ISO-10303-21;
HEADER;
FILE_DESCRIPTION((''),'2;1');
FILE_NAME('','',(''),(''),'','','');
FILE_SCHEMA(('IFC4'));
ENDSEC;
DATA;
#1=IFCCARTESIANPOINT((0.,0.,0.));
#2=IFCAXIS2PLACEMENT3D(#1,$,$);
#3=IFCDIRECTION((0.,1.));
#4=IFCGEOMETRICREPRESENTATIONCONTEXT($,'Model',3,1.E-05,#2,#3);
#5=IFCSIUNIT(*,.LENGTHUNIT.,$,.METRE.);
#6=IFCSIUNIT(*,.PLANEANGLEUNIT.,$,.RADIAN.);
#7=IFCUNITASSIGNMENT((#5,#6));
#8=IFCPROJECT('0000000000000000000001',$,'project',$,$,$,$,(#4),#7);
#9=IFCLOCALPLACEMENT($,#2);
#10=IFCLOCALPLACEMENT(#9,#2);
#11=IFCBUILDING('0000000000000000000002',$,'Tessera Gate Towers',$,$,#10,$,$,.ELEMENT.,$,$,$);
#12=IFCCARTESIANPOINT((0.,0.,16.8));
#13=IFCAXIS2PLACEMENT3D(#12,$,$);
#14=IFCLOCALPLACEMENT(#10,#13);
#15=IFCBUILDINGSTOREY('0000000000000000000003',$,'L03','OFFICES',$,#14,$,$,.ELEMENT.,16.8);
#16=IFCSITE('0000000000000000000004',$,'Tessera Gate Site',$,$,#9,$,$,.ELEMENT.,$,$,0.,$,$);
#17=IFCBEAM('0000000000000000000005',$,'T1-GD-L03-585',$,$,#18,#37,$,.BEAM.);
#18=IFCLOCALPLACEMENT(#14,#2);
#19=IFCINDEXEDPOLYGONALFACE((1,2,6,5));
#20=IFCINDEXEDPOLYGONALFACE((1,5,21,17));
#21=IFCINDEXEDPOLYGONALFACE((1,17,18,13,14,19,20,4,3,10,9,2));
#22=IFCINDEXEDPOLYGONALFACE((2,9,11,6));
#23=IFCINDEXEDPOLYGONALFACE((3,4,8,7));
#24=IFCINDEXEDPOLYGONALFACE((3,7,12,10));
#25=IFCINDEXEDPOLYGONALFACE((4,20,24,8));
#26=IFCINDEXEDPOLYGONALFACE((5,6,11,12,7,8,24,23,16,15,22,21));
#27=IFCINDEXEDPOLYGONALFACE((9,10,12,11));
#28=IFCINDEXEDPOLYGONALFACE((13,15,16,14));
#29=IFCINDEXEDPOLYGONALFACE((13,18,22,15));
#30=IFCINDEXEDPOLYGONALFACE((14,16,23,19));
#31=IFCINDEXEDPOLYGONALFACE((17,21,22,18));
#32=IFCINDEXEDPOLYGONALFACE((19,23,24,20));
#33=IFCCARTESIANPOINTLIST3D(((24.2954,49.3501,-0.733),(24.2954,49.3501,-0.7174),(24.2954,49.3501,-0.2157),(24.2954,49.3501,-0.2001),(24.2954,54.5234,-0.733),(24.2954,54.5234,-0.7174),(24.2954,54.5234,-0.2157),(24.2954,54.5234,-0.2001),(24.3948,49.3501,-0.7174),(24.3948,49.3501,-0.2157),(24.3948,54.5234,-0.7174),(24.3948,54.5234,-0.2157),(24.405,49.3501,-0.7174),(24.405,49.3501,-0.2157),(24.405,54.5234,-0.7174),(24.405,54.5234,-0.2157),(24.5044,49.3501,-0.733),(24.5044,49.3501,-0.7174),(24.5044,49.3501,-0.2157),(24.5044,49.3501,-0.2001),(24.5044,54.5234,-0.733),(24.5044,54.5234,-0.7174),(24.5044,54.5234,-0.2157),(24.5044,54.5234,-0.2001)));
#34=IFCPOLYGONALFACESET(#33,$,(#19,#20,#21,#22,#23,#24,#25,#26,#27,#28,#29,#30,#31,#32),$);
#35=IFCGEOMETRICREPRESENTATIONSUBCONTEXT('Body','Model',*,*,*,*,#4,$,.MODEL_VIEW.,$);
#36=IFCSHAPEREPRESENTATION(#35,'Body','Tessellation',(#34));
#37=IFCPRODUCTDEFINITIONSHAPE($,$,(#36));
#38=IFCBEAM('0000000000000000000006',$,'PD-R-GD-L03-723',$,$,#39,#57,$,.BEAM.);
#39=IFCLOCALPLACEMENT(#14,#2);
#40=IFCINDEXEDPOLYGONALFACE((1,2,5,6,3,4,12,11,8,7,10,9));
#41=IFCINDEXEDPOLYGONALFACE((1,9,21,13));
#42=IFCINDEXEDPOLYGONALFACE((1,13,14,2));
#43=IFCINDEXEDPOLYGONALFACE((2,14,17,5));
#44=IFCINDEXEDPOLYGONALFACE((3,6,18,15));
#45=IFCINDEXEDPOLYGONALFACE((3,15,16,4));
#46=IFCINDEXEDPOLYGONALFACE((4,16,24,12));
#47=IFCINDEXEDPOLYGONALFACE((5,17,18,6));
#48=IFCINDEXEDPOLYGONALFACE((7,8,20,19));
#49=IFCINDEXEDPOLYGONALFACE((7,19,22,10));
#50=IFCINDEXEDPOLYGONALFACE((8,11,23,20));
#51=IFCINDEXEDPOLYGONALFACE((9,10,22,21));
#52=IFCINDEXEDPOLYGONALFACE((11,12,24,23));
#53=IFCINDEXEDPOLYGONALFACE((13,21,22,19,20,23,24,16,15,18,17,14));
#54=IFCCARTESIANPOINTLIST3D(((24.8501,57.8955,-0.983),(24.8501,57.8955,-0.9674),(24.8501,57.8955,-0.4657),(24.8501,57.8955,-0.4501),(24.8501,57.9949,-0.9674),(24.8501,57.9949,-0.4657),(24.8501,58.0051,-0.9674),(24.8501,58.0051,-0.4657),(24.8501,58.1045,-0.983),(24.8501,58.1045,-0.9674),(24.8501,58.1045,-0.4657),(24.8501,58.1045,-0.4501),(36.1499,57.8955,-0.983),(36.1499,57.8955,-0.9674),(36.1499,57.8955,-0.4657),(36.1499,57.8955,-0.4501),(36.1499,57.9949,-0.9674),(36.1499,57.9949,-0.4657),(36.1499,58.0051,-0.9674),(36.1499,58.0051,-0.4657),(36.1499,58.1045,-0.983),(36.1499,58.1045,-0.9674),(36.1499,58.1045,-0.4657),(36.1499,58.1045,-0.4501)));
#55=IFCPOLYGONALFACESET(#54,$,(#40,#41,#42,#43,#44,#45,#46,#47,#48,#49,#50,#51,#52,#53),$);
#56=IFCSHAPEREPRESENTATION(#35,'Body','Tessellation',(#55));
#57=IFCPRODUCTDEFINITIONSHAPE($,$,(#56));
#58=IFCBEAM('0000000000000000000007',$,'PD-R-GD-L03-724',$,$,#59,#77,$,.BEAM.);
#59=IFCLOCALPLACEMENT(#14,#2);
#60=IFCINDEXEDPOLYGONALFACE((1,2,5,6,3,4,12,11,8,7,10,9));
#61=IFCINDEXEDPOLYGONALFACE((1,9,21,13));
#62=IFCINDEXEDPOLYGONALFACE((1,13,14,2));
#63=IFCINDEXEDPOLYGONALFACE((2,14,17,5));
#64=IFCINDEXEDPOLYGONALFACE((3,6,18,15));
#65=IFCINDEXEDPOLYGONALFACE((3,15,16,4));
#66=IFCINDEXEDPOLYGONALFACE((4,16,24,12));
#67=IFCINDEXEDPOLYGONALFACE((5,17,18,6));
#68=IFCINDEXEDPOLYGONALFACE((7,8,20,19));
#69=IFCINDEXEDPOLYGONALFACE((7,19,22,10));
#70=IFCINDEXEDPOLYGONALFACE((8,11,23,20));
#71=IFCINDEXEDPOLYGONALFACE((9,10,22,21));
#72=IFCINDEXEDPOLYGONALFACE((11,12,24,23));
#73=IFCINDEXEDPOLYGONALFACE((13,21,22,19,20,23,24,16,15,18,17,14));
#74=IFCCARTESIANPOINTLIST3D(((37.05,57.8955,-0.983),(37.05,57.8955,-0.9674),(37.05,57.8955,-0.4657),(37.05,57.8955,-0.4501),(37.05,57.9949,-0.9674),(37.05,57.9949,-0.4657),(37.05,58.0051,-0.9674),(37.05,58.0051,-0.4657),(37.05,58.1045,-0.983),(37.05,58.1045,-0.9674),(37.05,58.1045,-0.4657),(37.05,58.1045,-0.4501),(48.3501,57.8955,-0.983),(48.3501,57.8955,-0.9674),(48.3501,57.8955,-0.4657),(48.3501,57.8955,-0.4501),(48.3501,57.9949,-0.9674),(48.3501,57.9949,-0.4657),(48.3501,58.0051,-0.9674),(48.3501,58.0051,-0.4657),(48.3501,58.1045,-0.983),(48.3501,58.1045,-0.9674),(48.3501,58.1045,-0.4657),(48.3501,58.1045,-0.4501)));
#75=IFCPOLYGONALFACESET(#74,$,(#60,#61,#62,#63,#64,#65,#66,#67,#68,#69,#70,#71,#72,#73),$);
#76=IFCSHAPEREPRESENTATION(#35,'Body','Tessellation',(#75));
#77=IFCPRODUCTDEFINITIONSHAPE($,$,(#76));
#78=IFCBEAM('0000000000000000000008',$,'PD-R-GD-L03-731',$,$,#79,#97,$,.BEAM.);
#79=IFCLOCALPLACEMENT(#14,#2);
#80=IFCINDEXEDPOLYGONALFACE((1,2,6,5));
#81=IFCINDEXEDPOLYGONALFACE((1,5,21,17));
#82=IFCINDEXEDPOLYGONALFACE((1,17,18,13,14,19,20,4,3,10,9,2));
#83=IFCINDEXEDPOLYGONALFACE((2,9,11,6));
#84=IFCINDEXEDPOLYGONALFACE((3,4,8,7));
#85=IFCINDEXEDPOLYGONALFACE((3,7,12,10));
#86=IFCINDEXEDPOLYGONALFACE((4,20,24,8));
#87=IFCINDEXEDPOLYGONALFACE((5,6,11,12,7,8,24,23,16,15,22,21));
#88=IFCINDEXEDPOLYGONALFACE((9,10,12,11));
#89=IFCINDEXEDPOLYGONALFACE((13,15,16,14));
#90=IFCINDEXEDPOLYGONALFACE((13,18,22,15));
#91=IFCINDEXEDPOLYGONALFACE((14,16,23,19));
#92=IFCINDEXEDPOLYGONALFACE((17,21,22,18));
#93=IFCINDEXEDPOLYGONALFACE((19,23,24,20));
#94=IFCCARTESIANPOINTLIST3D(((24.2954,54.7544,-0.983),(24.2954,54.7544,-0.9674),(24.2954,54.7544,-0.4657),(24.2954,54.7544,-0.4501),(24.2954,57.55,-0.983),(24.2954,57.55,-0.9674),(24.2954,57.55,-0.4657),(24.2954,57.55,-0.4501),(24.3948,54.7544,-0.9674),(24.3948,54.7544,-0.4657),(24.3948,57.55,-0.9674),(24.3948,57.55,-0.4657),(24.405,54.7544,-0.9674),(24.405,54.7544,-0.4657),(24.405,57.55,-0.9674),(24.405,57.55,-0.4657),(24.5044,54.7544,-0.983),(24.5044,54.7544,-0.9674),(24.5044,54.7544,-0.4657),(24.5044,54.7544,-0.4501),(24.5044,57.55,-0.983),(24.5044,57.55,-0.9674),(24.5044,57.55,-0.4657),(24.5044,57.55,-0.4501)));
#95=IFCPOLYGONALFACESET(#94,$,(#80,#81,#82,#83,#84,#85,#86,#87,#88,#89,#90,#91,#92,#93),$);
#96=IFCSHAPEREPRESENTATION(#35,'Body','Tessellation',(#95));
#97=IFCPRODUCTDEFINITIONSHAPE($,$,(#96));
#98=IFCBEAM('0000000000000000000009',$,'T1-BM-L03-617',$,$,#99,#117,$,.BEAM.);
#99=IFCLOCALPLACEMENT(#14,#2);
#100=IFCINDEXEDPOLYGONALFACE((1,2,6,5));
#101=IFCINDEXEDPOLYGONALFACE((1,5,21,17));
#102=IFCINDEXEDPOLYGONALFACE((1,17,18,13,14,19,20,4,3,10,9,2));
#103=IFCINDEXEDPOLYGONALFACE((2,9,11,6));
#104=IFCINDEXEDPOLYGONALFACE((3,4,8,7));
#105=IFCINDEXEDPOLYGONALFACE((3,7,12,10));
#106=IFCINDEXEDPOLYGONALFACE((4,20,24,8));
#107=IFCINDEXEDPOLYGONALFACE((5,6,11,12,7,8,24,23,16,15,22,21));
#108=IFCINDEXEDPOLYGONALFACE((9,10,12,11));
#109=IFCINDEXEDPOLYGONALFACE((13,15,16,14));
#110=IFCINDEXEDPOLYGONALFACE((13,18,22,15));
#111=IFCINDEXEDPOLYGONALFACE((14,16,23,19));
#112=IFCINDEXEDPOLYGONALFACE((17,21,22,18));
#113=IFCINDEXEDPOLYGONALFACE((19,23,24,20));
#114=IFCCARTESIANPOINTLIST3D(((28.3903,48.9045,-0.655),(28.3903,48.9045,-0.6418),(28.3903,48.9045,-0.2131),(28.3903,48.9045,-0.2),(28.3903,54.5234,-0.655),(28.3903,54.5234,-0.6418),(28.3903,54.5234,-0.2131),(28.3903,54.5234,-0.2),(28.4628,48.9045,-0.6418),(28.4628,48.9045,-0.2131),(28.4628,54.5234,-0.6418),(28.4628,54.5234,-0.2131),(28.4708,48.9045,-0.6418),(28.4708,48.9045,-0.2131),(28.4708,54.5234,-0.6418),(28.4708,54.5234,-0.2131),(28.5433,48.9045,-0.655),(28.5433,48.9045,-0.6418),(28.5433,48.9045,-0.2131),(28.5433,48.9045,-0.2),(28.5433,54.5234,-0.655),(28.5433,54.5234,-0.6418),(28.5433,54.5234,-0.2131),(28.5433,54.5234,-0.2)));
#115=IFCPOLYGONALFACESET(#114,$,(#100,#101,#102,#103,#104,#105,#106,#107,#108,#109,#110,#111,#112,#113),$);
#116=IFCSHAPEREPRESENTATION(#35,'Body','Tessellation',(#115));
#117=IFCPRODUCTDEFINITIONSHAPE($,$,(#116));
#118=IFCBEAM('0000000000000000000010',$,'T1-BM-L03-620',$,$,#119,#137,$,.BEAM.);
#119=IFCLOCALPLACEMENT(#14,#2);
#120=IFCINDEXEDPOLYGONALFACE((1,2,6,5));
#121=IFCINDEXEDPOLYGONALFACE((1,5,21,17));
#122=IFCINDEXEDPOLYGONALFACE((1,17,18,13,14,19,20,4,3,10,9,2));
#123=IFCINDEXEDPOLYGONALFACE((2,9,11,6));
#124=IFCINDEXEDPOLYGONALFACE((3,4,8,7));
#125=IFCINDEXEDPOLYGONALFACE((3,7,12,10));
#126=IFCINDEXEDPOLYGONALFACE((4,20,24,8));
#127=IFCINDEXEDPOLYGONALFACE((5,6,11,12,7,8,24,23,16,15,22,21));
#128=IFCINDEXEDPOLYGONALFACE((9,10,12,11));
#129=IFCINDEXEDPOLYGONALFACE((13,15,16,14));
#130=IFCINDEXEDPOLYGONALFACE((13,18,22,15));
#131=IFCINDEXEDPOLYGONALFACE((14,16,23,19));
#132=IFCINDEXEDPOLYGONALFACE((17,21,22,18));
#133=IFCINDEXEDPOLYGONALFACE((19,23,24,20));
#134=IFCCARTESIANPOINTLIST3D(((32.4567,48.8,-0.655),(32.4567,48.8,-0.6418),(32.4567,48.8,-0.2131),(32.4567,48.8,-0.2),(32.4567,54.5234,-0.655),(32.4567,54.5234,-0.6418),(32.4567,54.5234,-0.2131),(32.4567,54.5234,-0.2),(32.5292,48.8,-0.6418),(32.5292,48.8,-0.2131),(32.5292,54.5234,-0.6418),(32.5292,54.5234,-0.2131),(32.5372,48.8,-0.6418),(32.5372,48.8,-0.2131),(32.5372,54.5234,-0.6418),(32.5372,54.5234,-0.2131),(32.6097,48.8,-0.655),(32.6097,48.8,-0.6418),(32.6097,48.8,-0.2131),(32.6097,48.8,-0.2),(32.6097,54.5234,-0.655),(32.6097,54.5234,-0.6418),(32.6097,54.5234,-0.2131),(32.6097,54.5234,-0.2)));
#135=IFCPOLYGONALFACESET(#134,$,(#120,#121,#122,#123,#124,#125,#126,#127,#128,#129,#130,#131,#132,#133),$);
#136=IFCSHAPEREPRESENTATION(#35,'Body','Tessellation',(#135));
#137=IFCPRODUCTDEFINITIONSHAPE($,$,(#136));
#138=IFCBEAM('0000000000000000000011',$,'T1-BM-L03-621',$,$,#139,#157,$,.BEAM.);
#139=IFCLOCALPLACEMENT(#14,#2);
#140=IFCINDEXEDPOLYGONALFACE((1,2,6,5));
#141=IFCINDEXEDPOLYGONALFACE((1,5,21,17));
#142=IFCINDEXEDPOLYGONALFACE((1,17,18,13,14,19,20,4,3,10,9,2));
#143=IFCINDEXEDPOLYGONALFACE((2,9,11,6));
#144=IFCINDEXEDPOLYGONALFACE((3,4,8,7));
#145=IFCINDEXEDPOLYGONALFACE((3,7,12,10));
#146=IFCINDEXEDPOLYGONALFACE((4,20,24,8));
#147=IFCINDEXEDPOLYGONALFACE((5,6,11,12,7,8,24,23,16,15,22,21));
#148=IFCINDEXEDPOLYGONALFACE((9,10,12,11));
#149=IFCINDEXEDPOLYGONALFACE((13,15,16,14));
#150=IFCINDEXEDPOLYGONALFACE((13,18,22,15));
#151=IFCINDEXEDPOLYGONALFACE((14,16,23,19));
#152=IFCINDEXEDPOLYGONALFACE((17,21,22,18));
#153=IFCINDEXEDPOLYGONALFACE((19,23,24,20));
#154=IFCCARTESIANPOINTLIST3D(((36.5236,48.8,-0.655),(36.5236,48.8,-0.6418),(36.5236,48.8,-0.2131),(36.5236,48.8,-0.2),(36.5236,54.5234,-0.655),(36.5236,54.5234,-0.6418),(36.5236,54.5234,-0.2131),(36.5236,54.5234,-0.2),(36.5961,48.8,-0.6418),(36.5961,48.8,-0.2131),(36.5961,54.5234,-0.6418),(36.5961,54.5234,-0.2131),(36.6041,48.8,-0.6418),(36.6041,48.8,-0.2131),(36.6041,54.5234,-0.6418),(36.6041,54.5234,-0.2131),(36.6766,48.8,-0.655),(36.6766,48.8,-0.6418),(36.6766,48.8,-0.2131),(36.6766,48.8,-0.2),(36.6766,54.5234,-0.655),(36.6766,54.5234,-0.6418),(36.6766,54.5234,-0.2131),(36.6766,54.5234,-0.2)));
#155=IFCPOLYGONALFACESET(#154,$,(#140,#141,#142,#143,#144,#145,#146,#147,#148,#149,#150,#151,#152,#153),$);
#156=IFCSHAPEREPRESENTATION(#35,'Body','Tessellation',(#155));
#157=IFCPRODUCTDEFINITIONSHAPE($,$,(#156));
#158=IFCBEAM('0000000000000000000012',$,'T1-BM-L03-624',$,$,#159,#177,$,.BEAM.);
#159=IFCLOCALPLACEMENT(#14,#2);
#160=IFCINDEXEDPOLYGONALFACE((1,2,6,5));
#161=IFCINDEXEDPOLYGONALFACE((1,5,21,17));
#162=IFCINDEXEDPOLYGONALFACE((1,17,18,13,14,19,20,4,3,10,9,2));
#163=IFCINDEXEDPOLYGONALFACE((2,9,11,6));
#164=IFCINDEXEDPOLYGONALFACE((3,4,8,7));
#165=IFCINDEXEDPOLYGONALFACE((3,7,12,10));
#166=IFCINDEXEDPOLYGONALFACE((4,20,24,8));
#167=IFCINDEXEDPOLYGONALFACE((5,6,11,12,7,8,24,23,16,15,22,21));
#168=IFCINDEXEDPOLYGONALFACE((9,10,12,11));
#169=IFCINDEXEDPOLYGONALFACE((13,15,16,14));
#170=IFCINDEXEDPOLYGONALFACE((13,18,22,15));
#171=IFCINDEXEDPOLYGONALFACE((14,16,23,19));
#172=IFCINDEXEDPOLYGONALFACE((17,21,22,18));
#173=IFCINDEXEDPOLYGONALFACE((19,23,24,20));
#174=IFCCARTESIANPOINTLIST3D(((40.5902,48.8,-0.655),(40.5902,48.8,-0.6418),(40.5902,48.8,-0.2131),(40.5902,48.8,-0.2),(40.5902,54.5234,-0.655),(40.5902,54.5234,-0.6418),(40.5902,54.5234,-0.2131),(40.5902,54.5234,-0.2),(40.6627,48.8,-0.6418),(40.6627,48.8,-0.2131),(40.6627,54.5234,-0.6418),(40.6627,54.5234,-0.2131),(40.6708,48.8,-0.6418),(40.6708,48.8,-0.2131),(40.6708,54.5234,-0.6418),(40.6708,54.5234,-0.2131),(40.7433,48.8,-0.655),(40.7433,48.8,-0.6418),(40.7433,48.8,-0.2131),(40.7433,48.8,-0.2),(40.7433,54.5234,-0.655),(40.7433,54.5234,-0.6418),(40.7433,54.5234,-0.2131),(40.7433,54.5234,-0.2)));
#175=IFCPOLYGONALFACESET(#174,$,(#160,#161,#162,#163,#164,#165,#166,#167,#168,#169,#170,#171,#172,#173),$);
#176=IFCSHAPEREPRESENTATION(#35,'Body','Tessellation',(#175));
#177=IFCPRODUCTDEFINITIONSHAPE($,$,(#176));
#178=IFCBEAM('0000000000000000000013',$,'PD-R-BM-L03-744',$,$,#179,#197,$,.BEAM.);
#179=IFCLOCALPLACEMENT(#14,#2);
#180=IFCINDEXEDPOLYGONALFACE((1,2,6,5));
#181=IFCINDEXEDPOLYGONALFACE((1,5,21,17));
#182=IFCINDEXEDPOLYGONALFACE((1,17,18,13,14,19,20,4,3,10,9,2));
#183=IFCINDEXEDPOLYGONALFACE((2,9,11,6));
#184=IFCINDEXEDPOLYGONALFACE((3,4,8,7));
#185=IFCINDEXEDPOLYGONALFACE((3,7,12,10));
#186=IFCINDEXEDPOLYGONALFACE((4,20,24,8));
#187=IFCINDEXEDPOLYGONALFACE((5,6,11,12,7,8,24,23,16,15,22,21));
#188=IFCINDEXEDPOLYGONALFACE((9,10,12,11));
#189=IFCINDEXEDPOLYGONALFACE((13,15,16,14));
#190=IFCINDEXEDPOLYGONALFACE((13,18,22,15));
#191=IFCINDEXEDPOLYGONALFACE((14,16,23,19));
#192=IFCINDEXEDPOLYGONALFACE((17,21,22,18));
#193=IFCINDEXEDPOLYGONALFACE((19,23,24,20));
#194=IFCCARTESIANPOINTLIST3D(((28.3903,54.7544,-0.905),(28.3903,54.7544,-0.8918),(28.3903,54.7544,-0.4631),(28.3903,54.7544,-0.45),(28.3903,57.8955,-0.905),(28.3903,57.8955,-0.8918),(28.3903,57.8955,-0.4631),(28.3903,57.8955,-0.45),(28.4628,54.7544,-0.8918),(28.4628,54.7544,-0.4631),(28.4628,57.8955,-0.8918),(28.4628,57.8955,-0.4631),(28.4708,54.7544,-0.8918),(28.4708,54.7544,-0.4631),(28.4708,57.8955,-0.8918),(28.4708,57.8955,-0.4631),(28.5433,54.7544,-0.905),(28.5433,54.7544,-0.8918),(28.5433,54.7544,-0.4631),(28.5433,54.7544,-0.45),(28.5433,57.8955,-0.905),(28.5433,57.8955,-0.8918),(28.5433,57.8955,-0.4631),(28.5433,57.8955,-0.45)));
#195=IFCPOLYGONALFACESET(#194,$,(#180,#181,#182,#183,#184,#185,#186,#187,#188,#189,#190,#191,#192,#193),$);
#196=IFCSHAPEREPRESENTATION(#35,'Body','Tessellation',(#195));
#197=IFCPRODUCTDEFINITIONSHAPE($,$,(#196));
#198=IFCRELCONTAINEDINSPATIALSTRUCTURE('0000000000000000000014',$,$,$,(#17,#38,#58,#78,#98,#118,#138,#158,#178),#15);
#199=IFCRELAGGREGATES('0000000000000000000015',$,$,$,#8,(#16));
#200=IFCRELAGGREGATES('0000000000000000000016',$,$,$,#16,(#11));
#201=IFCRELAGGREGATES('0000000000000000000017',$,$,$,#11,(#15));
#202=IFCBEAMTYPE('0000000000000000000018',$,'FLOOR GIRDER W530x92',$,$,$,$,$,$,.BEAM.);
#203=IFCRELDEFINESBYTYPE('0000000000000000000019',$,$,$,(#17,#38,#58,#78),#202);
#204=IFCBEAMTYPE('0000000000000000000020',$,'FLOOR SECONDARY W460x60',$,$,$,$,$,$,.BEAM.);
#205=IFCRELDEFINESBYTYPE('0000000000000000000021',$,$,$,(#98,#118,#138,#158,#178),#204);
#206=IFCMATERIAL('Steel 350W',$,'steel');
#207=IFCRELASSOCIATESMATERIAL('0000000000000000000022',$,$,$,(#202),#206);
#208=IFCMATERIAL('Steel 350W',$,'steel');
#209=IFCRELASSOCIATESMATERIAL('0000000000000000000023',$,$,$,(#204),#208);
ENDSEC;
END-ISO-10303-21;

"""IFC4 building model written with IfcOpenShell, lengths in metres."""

from ifc_helpers import new_model, si_unit, direction, frame, origin, origin_2d, place, context, subcontext, project, spatial, i_section, extrude, material, material_profile, profile_set, type_object, element, save


model = new_model("IFC4")

# Units and contexts
model_context = context("Model", 3, precision=1e-05, world=origin(), true_north=direction((0.0, 1.0)))
body_context = subcontext(model_context, "Body", "Model", "MODEL_VIEW")
ifc_project = project(units=[si_unit("LENGTHUNIT", "METRE"), si_unit("PLANEANGLEUNIT", "RADIAN")], contexts=[model_context])

# Site, building, storey
site_placement = place(None, origin())
site = spatial("IfcSite", under=ifc_project, at=site_placement, Name="Tessera Gate Site", CompositionType="ELEMENT", RefElevation=0.0)
building_placement = place(site_placement, origin())
building = spatial("IfcBuilding", under=site, at=building_placement, Name="Tessera Gate Towers", CompositionType="ELEMENT")
storey_placement = place(building_placement, frame((0.0, 0.0, 16.8)))
storey = spatial("IfcBuildingStorey", under=building, at=storey_placement, Name="L03", Description="OFFICES", CompositionType="ELEMENT", Elevation=16.8)

# Beams
ifc_material_1 = material(Name="Steel 350W", Category="steel")
ifc_material_profile_1 = material_profile(ifc_material_1, i_section(OverallWidth=0.209, OverallDepth=0.533, WebThickness=0.0103, FlangeThickness=0.0156, at=origin_2d()), Name="W530x92")
ifc_profile_set_1 = profile_set([ifc_material_profile_1], Name="Steel 350W")
beam_type_1 = type_object("IfcBeamType", Name="FLOOR GIRDER W530x92", PredefinedType="BEAM", material=ifc_profile_set_1)
beam_1_placement = place(storey_placement, frame((24.3999, 49.3501, -0.4666), z_axis=(0.0, 1.0, 0.0), x_axis=(-1.0, 0.0, 0.0)))
element("IfcBeam", 1, at=beam_1_placement, inside=storey, type_object=beam_type_1, Name="T1-GD-L03-585", PredefinedType="BEAM", context=body_context, shape_type="SweptSolid", body=[
    extrude(i_section(OverallWidth=0.209, OverallDepth=0.533, WebThickness=0.0103, FlangeThickness=0.0156, at=origin_2d()), origin(), (0.0, 0.0, 1.0), 5.1733),
])
beam_2_placement = place(storey_placement, frame((24.8501, 58.0, -0.7166), z_axis=(1.0, 0.0, 0.0), x_axis=(0.0, 1.0, 0.0)))
element("IfcBeam", 2, at=beam_2_placement, inside=storey, type_object=beam_type_1, Name="PD-R-GD-L03-723", PredefinedType="BEAM", context=body_context, shape_type="SweptSolid", body=[
    extrude(i_section(OverallWidth=0.209, OverallDepth=0.533, WebThickness=0.0103, FlangeThickness=0.0156, at=origin_2d()), origin(), (0.0, 0.0, 1.0), 11.2998),
])
beam_3_placement = place(storey_placement, frame((37.05, 58.0, -0.7166), z_axis=(1.0, 0.0, 0.0), x_axis=(0.0, 1.0, 0.0)))
element("IfcBeam", 3, at=beam_3_placement, inside=storey, type_object=beam_type_1, Name="PD-R-GD-L03-724", PredefinedType="BEAM", context=body_context, shape_type="SweptSolid", body=[
    extrude(i_section(OverallWidth=0.209, OverallDepth=0.533, WebThickness=0.0103, FlangeThickness=0.0156, at=origin_2d()), origin(), (0.0, 0.0, 1.0), 11.3),
])
beam_4_placement = place(storey_placement, frame((24.3999, 54.7544, -0.7166), z_axis=(0.0, 1.0, 0.0), x_axis=(-1.0, 0.0, 0.0)))
element("IfcBeam", 4, at=beam_4_placement, inside=storey, type_object=beam_type_1, Name="PD-R-GD-L03-731", PredefinedType="BEAM", context=body_context, shape_type="SweptSolid", body=[
    extrude(i_section(OverallWidth=0.209, OverallDepth=0.533, WebThickness=0.0103, FlangeThickness=0.0156, at=origin_2d()), origin(), (0.0, 0.0, 1.0), 2.7957),
])
ifc_material_2 = material(Name="Steel 350W", Category="steel")
ifc_material_profile_2 = material_profile(ifc_material_2, i_section(OverallWidth=0.1531, OverallDepth=0.4551, WebThickness=0.0081, FlangeThickness=0.0132, at=origin_2d()), Name="W460x60")
ifc_profile_set_2 = profile_set([ifc_material_profile_2], Name="Steel 350W")
beam_type_2 = type_object("IfcBeamType", Name="FLOOR SECONDARY W460x60", PredefinedType="BEAM", material=ifc_profile_set_2)
beam_5_placement = place(storey_placement, frame((28.4668, 48.9045, -0.4275), z_axis=(0.0, 1.0, 0.0), x_axis=(-1.0, 0.0, 0.0)))
element("IfcBeam", 5, at=beam_5_placement, inside=storey, type_object=beam_type_2, Name="T1-BM-L03-617", PredefinedType="BEAM", context=body_context, shape_type="SweptSolid", body=[
    extrude(i_section(OverallWidth=0.1531, OverallDepth=0.4551, WebThickness=0.0081, FlangeThickness=0.0132, at=origin_2d()), origin(), (0.0, 0.0, 1.0), 5.6189),
])
for number, where, z_axis, x_axis, name in (
    (6, (32.5332, 48.8, -0.4275), (0.0, 1.0, 0.0), (-1.0, 0.0, 0.0), "T1-BM-L03-620"),
    (7, (36.6001, 48.8, -0.4275), (0.0, 1.0, 0.0), (-1.0, 0.0, 0.0), "T1-BM-L03-621"),
    (8, (40.6667, 48.8, -0.4275), (0.0, 1.0, 0.0), (-1.0, 0.0, 0.0), "T1-BM-L03-624"),
):
    element("IfcBeam", number, at=place(storey_placement, frame(where, z_axis=z_axis, x_axis=x_axis)), inside=storey, type_object=beam_type_2, Name=name, PredefinedType="BEAM", context=body_context, shape_type="SweptSolid", body=[
        extrude(i_section(OverallWidth=0.1531, OverallDepth=0.4551, WebThickness=0.0081, FlangeThickness=0.0132, at=origin_2d()), origin(), (0.0, 0.0, 1.0), 5.7234),
    ])
for number, where, z_axis, x_axis, name in (
    (9, (28.4668, 54.7544, -0.6775), (0.0, 1.0, 0.0), (-1.0, 0.0, 0.0), "PD-R-BM-L03-744"),
):
    element("IfcBeam", number, at=place(storey_placement, frame(where, z_axis=z_axis, x_axis=x_axis)), inside=storey, type_object=beam_type_2, Name=name, PredefinedType="BEAM", context=body_context, shape_type="SweptSolid", body=[
        extrude(i_section(OverallWidth=0.1531, OverallDepth=0.4551, WebThickness=0.0081, FlangeThickness=0.0132, at=origin_2d()), origin(), (0.0, 0.0, 1.0), 3.1411),
    ])

save(model, "model.ifc")
